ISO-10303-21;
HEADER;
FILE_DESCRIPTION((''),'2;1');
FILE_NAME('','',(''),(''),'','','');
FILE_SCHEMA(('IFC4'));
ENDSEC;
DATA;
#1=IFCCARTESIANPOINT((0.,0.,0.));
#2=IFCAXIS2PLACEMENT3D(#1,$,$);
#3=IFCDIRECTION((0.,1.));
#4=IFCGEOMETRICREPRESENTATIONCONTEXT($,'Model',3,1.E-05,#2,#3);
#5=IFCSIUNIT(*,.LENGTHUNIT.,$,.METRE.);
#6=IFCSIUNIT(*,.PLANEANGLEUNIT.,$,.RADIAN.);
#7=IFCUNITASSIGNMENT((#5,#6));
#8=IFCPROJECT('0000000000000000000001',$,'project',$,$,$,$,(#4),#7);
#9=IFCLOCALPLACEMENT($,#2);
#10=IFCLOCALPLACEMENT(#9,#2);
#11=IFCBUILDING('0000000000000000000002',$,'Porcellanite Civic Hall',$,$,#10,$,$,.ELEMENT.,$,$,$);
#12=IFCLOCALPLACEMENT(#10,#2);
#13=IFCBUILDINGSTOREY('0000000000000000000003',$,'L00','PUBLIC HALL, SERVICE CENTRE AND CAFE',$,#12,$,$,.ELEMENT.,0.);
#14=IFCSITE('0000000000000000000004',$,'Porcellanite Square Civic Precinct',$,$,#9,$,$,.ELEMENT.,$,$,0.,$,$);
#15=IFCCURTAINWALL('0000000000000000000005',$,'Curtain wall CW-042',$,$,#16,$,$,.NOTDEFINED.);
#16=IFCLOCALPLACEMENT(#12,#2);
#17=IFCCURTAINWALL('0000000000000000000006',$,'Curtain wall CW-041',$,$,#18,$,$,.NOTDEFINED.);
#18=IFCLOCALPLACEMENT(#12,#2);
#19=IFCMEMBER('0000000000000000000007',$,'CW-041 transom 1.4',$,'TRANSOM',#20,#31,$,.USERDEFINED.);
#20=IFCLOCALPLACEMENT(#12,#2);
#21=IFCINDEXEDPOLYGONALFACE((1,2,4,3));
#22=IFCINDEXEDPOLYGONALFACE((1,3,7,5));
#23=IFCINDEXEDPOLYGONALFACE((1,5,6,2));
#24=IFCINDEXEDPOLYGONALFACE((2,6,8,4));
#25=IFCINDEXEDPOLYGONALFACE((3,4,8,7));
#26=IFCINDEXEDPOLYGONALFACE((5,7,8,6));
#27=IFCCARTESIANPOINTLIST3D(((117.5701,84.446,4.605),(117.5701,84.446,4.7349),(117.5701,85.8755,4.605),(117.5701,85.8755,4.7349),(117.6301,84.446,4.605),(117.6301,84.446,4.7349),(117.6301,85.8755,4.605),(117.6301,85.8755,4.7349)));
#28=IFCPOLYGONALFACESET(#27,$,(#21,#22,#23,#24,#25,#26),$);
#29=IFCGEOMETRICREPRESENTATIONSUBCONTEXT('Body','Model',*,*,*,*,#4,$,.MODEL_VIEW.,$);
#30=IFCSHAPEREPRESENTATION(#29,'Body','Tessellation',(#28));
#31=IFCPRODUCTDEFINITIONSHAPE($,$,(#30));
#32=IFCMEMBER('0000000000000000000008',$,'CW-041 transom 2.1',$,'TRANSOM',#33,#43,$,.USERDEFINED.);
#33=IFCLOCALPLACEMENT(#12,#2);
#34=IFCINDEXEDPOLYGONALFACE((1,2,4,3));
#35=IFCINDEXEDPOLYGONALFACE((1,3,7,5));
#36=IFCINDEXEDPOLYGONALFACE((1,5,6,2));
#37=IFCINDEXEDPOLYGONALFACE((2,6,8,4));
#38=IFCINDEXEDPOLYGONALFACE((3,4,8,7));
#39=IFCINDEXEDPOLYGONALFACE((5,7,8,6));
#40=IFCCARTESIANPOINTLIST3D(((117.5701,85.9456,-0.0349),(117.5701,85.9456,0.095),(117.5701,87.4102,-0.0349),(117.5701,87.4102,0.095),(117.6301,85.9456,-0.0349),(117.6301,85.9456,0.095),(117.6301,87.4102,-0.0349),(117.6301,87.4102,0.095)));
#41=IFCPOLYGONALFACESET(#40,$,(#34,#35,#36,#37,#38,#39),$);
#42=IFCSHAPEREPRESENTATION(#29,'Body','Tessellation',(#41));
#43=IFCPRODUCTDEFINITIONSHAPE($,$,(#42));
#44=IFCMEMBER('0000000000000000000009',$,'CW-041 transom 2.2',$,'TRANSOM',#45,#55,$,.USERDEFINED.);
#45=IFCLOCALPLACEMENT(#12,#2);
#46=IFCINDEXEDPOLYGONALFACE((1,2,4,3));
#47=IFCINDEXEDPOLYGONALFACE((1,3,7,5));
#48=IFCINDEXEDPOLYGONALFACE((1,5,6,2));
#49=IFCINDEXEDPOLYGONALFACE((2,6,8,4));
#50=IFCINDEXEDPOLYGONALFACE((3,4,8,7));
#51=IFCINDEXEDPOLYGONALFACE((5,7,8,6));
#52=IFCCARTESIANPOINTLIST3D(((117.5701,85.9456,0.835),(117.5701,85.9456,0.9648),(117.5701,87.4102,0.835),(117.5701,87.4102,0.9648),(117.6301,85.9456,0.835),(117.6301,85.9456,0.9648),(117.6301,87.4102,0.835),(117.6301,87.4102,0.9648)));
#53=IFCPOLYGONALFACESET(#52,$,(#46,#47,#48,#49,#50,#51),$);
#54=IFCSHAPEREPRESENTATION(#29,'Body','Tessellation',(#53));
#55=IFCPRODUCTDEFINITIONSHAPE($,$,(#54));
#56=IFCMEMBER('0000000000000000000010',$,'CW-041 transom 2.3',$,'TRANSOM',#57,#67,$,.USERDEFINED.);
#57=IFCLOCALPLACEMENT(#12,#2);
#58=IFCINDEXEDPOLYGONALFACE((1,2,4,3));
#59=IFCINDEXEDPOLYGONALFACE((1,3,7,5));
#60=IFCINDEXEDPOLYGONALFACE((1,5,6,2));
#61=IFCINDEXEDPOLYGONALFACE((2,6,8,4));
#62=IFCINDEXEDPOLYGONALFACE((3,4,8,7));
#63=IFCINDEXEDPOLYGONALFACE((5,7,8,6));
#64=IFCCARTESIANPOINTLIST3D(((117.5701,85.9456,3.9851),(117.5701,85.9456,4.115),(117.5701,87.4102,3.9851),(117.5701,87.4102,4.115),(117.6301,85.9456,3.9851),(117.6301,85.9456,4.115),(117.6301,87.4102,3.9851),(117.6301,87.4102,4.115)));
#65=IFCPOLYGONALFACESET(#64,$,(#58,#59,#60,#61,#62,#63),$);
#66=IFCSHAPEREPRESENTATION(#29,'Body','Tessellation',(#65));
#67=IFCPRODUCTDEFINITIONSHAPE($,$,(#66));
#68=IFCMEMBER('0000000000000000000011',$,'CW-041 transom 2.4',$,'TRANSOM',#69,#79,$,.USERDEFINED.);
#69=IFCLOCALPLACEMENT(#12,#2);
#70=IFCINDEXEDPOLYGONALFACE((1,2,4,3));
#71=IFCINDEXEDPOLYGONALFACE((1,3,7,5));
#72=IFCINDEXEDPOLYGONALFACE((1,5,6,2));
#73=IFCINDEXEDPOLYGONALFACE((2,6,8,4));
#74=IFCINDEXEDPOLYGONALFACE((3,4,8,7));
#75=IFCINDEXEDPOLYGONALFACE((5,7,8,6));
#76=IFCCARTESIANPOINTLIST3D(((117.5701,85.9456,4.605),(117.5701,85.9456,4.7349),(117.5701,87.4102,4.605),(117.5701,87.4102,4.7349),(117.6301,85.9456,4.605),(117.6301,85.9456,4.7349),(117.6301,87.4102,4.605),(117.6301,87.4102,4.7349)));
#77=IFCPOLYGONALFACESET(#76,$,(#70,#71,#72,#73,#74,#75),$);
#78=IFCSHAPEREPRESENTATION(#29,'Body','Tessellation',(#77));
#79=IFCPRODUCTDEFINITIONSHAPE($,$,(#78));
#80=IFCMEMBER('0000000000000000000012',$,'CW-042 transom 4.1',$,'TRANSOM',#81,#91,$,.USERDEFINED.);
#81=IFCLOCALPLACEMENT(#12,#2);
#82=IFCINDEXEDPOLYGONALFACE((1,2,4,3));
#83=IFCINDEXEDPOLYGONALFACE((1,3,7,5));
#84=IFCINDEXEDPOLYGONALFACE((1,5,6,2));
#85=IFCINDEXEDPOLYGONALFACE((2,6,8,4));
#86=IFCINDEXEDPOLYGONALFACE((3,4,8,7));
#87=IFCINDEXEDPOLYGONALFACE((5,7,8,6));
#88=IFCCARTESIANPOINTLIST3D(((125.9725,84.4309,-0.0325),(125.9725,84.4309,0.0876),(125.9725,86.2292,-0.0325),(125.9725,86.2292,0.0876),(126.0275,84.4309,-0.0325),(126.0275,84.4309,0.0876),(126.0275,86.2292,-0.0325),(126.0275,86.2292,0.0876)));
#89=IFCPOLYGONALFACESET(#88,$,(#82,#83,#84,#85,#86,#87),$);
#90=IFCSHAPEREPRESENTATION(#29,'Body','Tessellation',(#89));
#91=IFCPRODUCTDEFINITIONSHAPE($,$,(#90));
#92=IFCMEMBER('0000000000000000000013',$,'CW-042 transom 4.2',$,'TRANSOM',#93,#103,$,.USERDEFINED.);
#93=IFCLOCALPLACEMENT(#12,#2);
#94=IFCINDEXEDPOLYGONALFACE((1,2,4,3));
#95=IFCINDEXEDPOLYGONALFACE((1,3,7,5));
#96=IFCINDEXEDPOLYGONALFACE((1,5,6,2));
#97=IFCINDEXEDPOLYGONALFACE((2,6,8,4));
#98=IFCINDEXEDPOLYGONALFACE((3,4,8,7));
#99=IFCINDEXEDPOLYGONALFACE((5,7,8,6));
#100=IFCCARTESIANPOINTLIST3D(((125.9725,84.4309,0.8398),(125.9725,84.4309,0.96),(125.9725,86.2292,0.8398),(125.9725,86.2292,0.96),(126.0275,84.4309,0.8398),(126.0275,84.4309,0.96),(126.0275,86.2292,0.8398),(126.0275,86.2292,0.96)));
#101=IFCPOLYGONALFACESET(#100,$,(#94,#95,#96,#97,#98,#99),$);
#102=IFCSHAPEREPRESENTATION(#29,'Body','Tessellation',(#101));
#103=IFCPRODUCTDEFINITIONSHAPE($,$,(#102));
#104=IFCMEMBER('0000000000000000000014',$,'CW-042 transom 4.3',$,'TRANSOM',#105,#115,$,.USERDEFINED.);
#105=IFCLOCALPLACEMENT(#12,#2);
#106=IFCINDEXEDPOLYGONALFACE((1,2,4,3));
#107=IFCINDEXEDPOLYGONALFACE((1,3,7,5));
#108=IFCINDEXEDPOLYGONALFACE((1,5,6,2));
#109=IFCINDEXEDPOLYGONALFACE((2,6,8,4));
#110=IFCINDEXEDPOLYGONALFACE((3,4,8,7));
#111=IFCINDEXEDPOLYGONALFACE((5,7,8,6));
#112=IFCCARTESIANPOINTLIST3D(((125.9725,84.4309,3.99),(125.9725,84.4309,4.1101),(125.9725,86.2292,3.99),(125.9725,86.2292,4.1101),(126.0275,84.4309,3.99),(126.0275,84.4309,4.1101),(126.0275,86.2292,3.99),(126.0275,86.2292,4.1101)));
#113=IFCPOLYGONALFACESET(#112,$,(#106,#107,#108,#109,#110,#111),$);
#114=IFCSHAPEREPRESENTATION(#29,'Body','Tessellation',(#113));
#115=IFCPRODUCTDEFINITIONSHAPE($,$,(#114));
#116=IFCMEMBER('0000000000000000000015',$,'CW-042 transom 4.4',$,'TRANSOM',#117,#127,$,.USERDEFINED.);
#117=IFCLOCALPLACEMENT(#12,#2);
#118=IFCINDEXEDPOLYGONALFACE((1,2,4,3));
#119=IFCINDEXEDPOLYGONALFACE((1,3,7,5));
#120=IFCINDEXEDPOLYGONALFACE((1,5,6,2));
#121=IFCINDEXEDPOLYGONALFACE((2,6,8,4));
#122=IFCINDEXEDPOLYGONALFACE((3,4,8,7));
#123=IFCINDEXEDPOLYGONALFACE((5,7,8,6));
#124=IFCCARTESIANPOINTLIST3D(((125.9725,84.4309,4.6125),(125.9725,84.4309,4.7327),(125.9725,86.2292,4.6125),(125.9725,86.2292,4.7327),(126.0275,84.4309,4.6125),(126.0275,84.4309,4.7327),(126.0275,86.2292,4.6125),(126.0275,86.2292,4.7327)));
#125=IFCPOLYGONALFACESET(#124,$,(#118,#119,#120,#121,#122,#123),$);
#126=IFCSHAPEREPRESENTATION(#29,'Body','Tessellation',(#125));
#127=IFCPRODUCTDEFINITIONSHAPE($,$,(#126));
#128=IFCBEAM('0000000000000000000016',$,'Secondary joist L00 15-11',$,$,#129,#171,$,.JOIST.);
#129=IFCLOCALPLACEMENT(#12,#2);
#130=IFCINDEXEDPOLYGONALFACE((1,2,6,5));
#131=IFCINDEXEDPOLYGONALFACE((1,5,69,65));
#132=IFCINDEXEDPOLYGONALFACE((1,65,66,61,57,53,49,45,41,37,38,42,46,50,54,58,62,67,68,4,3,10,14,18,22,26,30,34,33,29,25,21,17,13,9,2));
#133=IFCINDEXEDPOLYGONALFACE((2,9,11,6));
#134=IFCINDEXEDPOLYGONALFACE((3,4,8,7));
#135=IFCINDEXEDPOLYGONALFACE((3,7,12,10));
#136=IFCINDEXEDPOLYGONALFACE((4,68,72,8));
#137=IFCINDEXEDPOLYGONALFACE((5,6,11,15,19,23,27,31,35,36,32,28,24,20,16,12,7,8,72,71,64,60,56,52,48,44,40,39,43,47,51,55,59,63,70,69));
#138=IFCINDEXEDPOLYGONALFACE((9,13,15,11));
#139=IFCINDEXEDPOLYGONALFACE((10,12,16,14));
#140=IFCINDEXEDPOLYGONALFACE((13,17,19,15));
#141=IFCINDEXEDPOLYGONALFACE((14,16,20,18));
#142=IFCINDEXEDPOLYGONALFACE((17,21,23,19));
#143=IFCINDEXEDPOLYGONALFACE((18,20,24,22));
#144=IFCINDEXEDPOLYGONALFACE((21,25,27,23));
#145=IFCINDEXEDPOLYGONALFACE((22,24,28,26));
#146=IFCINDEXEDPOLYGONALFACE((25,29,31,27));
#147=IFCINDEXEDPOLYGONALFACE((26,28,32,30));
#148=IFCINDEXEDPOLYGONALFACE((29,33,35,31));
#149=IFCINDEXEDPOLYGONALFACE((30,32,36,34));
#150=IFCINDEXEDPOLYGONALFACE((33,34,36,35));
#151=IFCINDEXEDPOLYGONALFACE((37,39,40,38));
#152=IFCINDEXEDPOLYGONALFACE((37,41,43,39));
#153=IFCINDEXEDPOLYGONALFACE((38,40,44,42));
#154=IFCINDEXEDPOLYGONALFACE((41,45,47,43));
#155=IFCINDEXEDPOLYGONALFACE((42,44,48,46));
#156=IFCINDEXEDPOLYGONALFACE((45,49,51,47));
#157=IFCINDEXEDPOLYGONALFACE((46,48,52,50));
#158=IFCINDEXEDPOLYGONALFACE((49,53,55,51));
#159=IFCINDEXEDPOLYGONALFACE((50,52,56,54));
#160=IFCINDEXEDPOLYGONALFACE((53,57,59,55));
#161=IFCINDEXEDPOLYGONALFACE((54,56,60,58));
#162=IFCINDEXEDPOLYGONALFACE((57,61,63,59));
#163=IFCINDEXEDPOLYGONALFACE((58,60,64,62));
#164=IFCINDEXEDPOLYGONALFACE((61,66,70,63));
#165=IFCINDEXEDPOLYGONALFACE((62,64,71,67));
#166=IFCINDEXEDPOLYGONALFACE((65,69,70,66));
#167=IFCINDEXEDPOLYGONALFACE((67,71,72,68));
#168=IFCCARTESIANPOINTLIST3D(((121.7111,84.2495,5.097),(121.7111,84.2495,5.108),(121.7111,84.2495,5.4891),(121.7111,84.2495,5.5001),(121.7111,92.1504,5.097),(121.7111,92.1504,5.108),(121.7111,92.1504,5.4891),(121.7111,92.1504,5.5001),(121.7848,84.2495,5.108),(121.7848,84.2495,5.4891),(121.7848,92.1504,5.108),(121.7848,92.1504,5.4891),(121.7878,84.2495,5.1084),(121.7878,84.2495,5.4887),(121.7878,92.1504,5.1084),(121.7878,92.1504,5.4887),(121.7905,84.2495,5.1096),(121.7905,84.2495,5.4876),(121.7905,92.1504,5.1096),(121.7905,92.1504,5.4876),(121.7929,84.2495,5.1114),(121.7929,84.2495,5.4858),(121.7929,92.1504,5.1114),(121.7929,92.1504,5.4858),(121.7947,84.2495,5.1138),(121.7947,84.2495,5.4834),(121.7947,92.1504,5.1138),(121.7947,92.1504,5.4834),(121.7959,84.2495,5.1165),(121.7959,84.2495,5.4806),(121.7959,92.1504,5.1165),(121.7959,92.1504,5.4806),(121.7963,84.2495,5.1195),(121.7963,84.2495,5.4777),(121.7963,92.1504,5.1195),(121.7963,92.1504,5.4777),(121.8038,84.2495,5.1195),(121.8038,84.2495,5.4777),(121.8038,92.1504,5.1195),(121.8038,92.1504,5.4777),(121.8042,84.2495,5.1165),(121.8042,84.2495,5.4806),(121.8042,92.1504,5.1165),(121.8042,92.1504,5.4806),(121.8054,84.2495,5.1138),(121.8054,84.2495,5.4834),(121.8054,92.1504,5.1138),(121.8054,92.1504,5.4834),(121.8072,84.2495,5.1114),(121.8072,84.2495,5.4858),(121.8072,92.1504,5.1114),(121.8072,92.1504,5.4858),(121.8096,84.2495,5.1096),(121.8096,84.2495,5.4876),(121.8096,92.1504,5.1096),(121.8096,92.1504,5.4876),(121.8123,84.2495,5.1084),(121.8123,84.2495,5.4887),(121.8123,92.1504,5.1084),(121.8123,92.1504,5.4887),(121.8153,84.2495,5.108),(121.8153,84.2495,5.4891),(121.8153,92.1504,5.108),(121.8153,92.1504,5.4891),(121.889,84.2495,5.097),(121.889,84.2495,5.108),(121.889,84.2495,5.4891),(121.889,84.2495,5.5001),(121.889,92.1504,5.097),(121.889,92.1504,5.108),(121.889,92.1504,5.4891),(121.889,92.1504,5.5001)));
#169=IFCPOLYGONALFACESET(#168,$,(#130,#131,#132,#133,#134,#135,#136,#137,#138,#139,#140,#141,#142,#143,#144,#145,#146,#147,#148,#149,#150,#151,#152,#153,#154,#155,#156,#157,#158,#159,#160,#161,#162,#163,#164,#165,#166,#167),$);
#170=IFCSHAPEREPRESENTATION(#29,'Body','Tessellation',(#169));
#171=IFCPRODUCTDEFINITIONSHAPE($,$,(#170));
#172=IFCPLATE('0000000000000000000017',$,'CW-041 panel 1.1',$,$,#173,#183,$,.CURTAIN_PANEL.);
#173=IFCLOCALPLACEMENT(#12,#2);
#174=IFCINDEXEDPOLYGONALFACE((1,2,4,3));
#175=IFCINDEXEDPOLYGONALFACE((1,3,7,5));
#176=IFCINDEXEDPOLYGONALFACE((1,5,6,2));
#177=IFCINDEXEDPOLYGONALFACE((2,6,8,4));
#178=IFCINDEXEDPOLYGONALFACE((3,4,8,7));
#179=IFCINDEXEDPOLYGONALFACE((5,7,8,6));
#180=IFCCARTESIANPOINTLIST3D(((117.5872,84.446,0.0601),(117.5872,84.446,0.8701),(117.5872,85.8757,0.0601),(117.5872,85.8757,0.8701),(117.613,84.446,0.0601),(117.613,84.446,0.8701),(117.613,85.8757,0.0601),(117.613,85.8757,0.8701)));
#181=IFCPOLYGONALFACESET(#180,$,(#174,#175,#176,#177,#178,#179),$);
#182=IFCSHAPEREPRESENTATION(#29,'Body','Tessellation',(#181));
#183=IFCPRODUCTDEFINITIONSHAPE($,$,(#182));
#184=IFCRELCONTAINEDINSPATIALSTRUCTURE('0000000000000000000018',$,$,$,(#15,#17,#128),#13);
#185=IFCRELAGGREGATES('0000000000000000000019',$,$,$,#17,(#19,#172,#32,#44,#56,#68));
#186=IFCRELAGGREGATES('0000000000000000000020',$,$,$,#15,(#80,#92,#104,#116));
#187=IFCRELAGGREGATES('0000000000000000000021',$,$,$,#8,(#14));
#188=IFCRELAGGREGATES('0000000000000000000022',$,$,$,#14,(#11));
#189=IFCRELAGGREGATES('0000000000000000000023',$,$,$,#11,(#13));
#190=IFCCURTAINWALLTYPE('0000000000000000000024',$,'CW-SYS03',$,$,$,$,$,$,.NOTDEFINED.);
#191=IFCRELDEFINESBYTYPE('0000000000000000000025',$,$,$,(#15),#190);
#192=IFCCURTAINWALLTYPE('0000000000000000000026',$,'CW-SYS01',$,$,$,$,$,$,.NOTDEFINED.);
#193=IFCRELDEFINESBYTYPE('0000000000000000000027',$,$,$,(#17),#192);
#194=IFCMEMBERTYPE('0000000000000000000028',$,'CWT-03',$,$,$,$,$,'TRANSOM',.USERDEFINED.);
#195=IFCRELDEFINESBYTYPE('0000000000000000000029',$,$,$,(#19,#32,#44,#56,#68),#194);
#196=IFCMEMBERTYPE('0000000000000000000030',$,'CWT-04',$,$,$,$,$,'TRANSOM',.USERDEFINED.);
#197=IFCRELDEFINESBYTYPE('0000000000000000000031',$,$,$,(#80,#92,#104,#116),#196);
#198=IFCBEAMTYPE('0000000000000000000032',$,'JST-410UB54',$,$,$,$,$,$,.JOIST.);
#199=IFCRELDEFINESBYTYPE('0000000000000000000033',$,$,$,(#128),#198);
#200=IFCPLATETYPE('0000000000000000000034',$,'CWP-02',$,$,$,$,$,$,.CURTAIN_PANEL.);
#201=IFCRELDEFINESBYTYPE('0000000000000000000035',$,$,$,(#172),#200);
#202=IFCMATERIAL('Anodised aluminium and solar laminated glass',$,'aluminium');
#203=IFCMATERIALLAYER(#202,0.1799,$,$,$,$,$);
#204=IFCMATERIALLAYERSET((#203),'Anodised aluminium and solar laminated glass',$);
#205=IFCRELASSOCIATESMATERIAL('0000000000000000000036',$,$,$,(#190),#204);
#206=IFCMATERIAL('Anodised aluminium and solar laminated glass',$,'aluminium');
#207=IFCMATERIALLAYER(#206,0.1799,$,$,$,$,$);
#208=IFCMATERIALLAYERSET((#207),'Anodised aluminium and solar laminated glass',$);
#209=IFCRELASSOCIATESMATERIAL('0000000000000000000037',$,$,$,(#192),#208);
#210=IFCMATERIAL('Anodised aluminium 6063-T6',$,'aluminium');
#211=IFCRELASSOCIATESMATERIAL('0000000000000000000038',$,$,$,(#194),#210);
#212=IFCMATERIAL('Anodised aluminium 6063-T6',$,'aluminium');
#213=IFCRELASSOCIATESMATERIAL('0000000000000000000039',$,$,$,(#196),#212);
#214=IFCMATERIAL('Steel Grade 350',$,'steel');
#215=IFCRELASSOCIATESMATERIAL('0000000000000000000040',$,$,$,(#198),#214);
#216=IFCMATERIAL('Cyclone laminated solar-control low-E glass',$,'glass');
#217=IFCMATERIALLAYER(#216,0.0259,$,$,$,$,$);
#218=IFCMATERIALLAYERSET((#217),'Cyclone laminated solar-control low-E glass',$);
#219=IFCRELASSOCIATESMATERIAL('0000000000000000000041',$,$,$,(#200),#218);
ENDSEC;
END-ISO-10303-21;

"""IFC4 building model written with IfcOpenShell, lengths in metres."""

from ifc_helpers import new_model, si_unit, direction, frame, origin, origin_2d, place, context, subcontext, project, spatial, rectangle, i_section, extrude, material, layer, layer_set, material_profile, profile_set, type_object, element, aggregate, save


model = new_model("IFC4")

# Units and contexts
model_context = context("Model", 3, precision=1e-05, world=origin(), true_north=direction((0.0, 1.0)))
body_context = subcontext(model_context, "Body", "Model", "MODEL_VIEW")
ifc_project = project(units=[si_unit("LENGTHUNIT", "METRE"), si_unit("PLANEANGLEUNIT", "RADIAN")], contexts=[model_context])

# Site, building, storey
site_placement = place(None, origin())
site = spatial("IfcSite", under=ifc_project, at=site_placement, Name="Porcellanite Square Civic Precinct", CompositionType="ELEMENT", RefElevation=0.0)
building_placement = place(site_placement, origin())
building = spatial("IfcBuilding", under=site, at=building_placement, Name="Porcellanite Civic Hall", CompositionType="ELEMENT")
storey_placement = place(building_placement, origin())
storey = spatial("IfcBuildingStorey", under=building, at=storey_placement, Name="L00", Description="PUBLIC HALL, SERVICE CENTRE AND CAFE", CompositionType="ELEMENT", Elevation=0.0)

# Curtain walls
ifc_material_1 = material(Name="Anodised aluminium and solar laminated glass", Category="aluminium")
ifc_layer_1 = layer(ifc_material_1, 0.1799)
ifc_layer_set_1 = layer_set([ifc_layer_1], Name="Anodised aluminium and solar laminated glass")
curtain_wall_type_1 = type_object("IfcCurtainWallType", Name="CW-SYS03", PredefinedType="NOTDEFINED", material=ifc_layer_set_1)
curtain_wall_1_placement = place(storey_placement, origin())
curtain_wall_1 = element("IfcCurtainWall", 1, at=curtain_wall_1_placement, inside=storey, type_object=curtain_wall_type_1, Name="Curtain wall CW-042", PredefinedType="NOTDEFINED")
ifc_material_2 = material(Name="Anodised aluminium and solar laminated glass", Category="aluminium")
ifc_layer_2 = layer(ifc_material_2, 0.1799)
ifc_layer_set_2 = layer_set([ifc_layer_2], Name="Anodised aluminium and solar laminated glass")
curtain_wall_type_2 = type_object("IfcCurtainWallType", Name="CW-SYS01", PredefinedType="NOTDEFINED", material=ifc_layer_set_2)
curtain_wall_2_placement = place(storey_placement, origin())
curtain_wall_2 = element("IfcCurtainWall", 2, at=curtain_wall_2_placement, inside=storey, type_object=curtain_wall_type_2, Name="Curtain wall CW-041", PredefinedType="NOTDEFINED")

# Members
ifc_material_3 = material(Name="Anodised aluminium 6063-T6", Category="aluminium")
ifc_material_profile_1 = material_profile(ifc_material_3, rectangle(XDim=0.0601, YDim=0.1299, at=origin_2d()), Name="AL-60x130")
ifc_profile_set_1 = profile_set([ifc_material_profile_1], Name="Anodised aluminium 6063-T6")
member_type_1 = type_object("IfcMemberType", Name="CWT-03", ElementType="TRANSOM", PredefinedType="USERDEFINED", material=ifc_profile_set_1)
member_1_placement = place(storey_placement, frame((117.6001, 84.446, 4.6699), z_axis=(0.0, 1.0, 0.0), x_axis=(-1.0, 0.0, 0.0)))
member_1 = element("IfcMember", 3, at=member_1_placement, type_object=member_type_1, Name="CW-041 transom 1.4", ObjectType="TRANSOM", PredefinedType="USERDEFINED", context=body_context, shape_type="SweptSolid", body=[
    extrude(rectangle(XDim=0.0601, YDim=0.1299, at=origin_2d()), origin(), (0.0, 0.0, 1.0), 1.4294),
])
member_2_placement = place(storey_placement, frame((117.6001, 85.9456, 0.03), z_axis=(0.0, 1.0, 0.0), x_axis=(-1.0, 0.0, 0.0)))
member_2 = element("IfcMember", 4, at=member_2_placement, type_object=member_type_1, Name="CW-041 transom 2.1", ObjectType="TRANSOM", PredefinedType="USERDEFINED", context=body_context, shape_type="SweptSolid", body=[
    extrude(rectangle(XDim=0.0601, YDim=0.1299, at=origin_2d()), origin(), (0.0, 0.0, 1.0), 1.4646),
])
member_3_placement = place(storey_placement, frame((117.6001, 85.9456, 0.8999), z_axis=(0.0, 1.0, 0.0), x_axis=(-1.0, 0.0, 0.0)))
member_3 = element("IfcMember", 5, at=member_3_placement, type_object=member_type_1, Name="CW-041 transom 2.2", ObjectType="TRANSOM", PredefinedType="USERDEFINED", context=body_context, shape_type="SweptSolid", body=[
    extrude(rectangle(XDim=0.0601, YDim=0.1299, at=origin_2d()), origin(), (0.0, 0.0, 1.0), 1.4646),
])
member_4_placement = place(storey_placement, frame((117.6001, 85.9456, 4.05), z_axis=(0.0, 1.0, 0.0), x_axis=(-1.0, 0.0, 0.0)))
member_4 = element("IfcMember", 6, at=member_4_placement, type_object=member_type_1, Name="CW-041 transom 2.3", ObjectType="TRANSOM", PredefinedType="USERDEFINED", context=body_context, shape_type="SweptSolid", body=[
    extrude(rectangle(XDim=0.0601, YDim=0.1299, at=origin_2d()), origin(), (0.0, 0.0, 1.0), 1.4646),
])
member_5_placement = place(storey_placement, frame((117.6001, 85.9456, 4.6699), z_axis=(0.0, 1.0, 0.0), x_axis=(-1.0, 0.0, 0.0)))
member_5 = element("IfcMember", 7, at=member_5_placement, type_object=member_type_1, Name="CW-041 transom 2.4", ObjectType="TRANSOM", PredefinedType="USERDEFINED", context=body_context, shape_type="SweptSolid", body=[
    extrude(rectangle(XDim=0.0601, YDim=0.1299, at=origin_2d()), origin(), (0.0, 0.0, 1.0), 1.4646),
])
ifc_material_4 = material(Name="Anodised aluminium 6063-T6", Category="aluminium")
ifc_material_profile_2 = material_profile(ifc_material_4, rectangle(XDim=0.0549, YDim=0.1201, at=origin_2d()), Name="AL-55x120")
ifc_profile_set_2 = profile_set([ifc_material_profile_2], Name="Anodised aluminium 6063-T6")
member_type_2 = type_object("IfcMemberType", Name="CWT-04", ElementType="TRANSOM", PredefinedType="USERDEFINED", material=ifc_profile_set_2)
member_6_placement = place(storey_placement, frame((126.0, 86.2292, 0.0276), z_axis=(0.0, -1.0, 0.0), x_axis=(1.0, 0.0, 0.0)))
member_6 = element("IfcMember", 8, at=member_6_placement, type_object=member_type_2, Name="CW-042 transom 4.1", ObjectType="TRANSOM", PredefinedType="USERDEFINED", context=body_context, shape_type="SweptSolid", body=[
    extrude(rectangle(XDim=0.0549, YDim=0.1201, at=origin_2d()), origin(), (0.0, 0.0, 1.0), 1.7983),
])
member_7_placement = place(storey_placement, frame((126.0, 86.2292, 0.8999), z_axis=(0.0, -1.0, 0.0), x_axis=(1.0, 0.0, 0.0)))
member_7 = element("IfcMember", 9, at=member_7_placement, type_object=member_type_2, Name="CW-042 transom 4.2", ObjectType="TRANSOM", PredefinedType="USERDEFINED", context=body_context, shape_type="SweptSolid", body=[
    extrude(rectangle(XDim=0.0549, YDim=0.1201, at=origin_2d()), origin(), (0.0, 0.0, 1.0), 1.7983),
])
member_8_placement = place(storey_placement, frame((126.0, 86.2292, 4.05), z_axis=(0.0, -1.0, 0.0), x_axis=(1.0, 0.0, 0.0)))
member_8 = element("IfcMember", 10, at=member_8_placement, type_object=member_type_2, Name="CW-042 transom 4.3", ObjectType="TRANSOM", PredefinedType="USERDEFINED", context=body_context, shape_type="SweptSolid", body=[
    extrude(rectangle(XDim=0.0549, YDim=0.1201, at=origin_2d()), origin(), (0.0, 0.0, 1.0), 1.7983),
])
member_9_placement = place(storey_placement, frame((126.0, 86.2292, 4.6726), z_axis=(0.0, -1.0, 0.0), x_axis=(1.0, 0.0, 0.0)))
member_9 = element("IfcMember", 11, at=member_9_placement, type_object=member_type_2, Name="CW-042 transom 4.4", ObjectType="TRANSOM", PredefinedType="USERDEFINED", context=body_context, shape_type="SweptSolid", body=[
    extrude(rectangle(XDim=0.0549, YDim=0.1201, at=origin_2d()), origin(), (0.0, 0.0, 1.0), 1.7983),
])

# Beam
ifc_material_5 = material(Name="Steel Grade 350", Category="steel")
ifc_material_profile_3 = material_profile(ifc_material_5, i_section(OverallWidth=0.178, OverallDepth=0.4031, WebThickness=0.0076, FlangeThickness=0.011, FilletRadius=0.0115, at=origin_2d()), Name="410UB53.7")
ifc_profile_set_3 = profile_set([ifc_material_profile_3], Name="Steel Grade 350")
beam_type_1 = type_object("IfcBeamType", Name="JST-410UB54", PredefinedType="JOIST", material=ifc_profile_set_3)
beam_1_placement = place(storey_placement, frame((121.8, 84.2495, 5.2986), z_axis=(0.0, 1.0, 0.0), x_axis=(-1.0, 0.0, 0.0)))
element("IfcBeam", 12, at=beam_1_placement, inside=storey, type_object=beam_type_1, Name="Secondary joist L00 15-11", PredefinedType="JOIST", context=body_context, shape_type="SweptSolid", body=[
    extrude(i_section(OverallWidth=0.178, OverallDepth=0.4031, WebThickness=0.0076, FlangeThickness=0.011, FilletRadius=0.0115, at=origin_2d()), origin(), (0.0, 0.0, 1.0), 7.9009),
])

# Plate
ifc_material_6 = material(Name="Cyclone laminated solar-control low-E glass", Category="glass")
ifc_layer_3 = layer(ifc_material_6, 0.0259)
ifc_layer_set_3 = layer_set([ifc_layer_3], Name="Cyclone laminated solar-control low-E glass")
plate_type_1 = type_object("IfcPlateType", Name="CWP-02", PredefinedType="CURTAIN_PANEL", material=ifc_layer_set_3)
plate_1_placement = place(storey_placement, frame((117.6001, 85.1609, 0.0601), z_axis=(0.0, 0.0, 1.0), x_axis=(0.0, 1.0, 0.0)))
plate_1 = element("IfcPlate", 13, at=plate_1_placement, type_object=plate_type_1, Name="CW-041 panel 1.1", PredefinedType="CURTAIN_PANEL", context=body_context, shape_type="SweptSolid", body=[
    extrude(rectangle(XDim=1.4297, YDim=0.0259, at=origin_2d()), origin(), (0.0, 0.0, 1.0), 0.8101),
])
aggregate(curtain_wall_2, [member_1, plate_1, member_2, member_3, member_4, member_5])
aggregate(curtain_wall_1, [member_6, member_7, member_8, member_9])

save(model, "model.ifc")
